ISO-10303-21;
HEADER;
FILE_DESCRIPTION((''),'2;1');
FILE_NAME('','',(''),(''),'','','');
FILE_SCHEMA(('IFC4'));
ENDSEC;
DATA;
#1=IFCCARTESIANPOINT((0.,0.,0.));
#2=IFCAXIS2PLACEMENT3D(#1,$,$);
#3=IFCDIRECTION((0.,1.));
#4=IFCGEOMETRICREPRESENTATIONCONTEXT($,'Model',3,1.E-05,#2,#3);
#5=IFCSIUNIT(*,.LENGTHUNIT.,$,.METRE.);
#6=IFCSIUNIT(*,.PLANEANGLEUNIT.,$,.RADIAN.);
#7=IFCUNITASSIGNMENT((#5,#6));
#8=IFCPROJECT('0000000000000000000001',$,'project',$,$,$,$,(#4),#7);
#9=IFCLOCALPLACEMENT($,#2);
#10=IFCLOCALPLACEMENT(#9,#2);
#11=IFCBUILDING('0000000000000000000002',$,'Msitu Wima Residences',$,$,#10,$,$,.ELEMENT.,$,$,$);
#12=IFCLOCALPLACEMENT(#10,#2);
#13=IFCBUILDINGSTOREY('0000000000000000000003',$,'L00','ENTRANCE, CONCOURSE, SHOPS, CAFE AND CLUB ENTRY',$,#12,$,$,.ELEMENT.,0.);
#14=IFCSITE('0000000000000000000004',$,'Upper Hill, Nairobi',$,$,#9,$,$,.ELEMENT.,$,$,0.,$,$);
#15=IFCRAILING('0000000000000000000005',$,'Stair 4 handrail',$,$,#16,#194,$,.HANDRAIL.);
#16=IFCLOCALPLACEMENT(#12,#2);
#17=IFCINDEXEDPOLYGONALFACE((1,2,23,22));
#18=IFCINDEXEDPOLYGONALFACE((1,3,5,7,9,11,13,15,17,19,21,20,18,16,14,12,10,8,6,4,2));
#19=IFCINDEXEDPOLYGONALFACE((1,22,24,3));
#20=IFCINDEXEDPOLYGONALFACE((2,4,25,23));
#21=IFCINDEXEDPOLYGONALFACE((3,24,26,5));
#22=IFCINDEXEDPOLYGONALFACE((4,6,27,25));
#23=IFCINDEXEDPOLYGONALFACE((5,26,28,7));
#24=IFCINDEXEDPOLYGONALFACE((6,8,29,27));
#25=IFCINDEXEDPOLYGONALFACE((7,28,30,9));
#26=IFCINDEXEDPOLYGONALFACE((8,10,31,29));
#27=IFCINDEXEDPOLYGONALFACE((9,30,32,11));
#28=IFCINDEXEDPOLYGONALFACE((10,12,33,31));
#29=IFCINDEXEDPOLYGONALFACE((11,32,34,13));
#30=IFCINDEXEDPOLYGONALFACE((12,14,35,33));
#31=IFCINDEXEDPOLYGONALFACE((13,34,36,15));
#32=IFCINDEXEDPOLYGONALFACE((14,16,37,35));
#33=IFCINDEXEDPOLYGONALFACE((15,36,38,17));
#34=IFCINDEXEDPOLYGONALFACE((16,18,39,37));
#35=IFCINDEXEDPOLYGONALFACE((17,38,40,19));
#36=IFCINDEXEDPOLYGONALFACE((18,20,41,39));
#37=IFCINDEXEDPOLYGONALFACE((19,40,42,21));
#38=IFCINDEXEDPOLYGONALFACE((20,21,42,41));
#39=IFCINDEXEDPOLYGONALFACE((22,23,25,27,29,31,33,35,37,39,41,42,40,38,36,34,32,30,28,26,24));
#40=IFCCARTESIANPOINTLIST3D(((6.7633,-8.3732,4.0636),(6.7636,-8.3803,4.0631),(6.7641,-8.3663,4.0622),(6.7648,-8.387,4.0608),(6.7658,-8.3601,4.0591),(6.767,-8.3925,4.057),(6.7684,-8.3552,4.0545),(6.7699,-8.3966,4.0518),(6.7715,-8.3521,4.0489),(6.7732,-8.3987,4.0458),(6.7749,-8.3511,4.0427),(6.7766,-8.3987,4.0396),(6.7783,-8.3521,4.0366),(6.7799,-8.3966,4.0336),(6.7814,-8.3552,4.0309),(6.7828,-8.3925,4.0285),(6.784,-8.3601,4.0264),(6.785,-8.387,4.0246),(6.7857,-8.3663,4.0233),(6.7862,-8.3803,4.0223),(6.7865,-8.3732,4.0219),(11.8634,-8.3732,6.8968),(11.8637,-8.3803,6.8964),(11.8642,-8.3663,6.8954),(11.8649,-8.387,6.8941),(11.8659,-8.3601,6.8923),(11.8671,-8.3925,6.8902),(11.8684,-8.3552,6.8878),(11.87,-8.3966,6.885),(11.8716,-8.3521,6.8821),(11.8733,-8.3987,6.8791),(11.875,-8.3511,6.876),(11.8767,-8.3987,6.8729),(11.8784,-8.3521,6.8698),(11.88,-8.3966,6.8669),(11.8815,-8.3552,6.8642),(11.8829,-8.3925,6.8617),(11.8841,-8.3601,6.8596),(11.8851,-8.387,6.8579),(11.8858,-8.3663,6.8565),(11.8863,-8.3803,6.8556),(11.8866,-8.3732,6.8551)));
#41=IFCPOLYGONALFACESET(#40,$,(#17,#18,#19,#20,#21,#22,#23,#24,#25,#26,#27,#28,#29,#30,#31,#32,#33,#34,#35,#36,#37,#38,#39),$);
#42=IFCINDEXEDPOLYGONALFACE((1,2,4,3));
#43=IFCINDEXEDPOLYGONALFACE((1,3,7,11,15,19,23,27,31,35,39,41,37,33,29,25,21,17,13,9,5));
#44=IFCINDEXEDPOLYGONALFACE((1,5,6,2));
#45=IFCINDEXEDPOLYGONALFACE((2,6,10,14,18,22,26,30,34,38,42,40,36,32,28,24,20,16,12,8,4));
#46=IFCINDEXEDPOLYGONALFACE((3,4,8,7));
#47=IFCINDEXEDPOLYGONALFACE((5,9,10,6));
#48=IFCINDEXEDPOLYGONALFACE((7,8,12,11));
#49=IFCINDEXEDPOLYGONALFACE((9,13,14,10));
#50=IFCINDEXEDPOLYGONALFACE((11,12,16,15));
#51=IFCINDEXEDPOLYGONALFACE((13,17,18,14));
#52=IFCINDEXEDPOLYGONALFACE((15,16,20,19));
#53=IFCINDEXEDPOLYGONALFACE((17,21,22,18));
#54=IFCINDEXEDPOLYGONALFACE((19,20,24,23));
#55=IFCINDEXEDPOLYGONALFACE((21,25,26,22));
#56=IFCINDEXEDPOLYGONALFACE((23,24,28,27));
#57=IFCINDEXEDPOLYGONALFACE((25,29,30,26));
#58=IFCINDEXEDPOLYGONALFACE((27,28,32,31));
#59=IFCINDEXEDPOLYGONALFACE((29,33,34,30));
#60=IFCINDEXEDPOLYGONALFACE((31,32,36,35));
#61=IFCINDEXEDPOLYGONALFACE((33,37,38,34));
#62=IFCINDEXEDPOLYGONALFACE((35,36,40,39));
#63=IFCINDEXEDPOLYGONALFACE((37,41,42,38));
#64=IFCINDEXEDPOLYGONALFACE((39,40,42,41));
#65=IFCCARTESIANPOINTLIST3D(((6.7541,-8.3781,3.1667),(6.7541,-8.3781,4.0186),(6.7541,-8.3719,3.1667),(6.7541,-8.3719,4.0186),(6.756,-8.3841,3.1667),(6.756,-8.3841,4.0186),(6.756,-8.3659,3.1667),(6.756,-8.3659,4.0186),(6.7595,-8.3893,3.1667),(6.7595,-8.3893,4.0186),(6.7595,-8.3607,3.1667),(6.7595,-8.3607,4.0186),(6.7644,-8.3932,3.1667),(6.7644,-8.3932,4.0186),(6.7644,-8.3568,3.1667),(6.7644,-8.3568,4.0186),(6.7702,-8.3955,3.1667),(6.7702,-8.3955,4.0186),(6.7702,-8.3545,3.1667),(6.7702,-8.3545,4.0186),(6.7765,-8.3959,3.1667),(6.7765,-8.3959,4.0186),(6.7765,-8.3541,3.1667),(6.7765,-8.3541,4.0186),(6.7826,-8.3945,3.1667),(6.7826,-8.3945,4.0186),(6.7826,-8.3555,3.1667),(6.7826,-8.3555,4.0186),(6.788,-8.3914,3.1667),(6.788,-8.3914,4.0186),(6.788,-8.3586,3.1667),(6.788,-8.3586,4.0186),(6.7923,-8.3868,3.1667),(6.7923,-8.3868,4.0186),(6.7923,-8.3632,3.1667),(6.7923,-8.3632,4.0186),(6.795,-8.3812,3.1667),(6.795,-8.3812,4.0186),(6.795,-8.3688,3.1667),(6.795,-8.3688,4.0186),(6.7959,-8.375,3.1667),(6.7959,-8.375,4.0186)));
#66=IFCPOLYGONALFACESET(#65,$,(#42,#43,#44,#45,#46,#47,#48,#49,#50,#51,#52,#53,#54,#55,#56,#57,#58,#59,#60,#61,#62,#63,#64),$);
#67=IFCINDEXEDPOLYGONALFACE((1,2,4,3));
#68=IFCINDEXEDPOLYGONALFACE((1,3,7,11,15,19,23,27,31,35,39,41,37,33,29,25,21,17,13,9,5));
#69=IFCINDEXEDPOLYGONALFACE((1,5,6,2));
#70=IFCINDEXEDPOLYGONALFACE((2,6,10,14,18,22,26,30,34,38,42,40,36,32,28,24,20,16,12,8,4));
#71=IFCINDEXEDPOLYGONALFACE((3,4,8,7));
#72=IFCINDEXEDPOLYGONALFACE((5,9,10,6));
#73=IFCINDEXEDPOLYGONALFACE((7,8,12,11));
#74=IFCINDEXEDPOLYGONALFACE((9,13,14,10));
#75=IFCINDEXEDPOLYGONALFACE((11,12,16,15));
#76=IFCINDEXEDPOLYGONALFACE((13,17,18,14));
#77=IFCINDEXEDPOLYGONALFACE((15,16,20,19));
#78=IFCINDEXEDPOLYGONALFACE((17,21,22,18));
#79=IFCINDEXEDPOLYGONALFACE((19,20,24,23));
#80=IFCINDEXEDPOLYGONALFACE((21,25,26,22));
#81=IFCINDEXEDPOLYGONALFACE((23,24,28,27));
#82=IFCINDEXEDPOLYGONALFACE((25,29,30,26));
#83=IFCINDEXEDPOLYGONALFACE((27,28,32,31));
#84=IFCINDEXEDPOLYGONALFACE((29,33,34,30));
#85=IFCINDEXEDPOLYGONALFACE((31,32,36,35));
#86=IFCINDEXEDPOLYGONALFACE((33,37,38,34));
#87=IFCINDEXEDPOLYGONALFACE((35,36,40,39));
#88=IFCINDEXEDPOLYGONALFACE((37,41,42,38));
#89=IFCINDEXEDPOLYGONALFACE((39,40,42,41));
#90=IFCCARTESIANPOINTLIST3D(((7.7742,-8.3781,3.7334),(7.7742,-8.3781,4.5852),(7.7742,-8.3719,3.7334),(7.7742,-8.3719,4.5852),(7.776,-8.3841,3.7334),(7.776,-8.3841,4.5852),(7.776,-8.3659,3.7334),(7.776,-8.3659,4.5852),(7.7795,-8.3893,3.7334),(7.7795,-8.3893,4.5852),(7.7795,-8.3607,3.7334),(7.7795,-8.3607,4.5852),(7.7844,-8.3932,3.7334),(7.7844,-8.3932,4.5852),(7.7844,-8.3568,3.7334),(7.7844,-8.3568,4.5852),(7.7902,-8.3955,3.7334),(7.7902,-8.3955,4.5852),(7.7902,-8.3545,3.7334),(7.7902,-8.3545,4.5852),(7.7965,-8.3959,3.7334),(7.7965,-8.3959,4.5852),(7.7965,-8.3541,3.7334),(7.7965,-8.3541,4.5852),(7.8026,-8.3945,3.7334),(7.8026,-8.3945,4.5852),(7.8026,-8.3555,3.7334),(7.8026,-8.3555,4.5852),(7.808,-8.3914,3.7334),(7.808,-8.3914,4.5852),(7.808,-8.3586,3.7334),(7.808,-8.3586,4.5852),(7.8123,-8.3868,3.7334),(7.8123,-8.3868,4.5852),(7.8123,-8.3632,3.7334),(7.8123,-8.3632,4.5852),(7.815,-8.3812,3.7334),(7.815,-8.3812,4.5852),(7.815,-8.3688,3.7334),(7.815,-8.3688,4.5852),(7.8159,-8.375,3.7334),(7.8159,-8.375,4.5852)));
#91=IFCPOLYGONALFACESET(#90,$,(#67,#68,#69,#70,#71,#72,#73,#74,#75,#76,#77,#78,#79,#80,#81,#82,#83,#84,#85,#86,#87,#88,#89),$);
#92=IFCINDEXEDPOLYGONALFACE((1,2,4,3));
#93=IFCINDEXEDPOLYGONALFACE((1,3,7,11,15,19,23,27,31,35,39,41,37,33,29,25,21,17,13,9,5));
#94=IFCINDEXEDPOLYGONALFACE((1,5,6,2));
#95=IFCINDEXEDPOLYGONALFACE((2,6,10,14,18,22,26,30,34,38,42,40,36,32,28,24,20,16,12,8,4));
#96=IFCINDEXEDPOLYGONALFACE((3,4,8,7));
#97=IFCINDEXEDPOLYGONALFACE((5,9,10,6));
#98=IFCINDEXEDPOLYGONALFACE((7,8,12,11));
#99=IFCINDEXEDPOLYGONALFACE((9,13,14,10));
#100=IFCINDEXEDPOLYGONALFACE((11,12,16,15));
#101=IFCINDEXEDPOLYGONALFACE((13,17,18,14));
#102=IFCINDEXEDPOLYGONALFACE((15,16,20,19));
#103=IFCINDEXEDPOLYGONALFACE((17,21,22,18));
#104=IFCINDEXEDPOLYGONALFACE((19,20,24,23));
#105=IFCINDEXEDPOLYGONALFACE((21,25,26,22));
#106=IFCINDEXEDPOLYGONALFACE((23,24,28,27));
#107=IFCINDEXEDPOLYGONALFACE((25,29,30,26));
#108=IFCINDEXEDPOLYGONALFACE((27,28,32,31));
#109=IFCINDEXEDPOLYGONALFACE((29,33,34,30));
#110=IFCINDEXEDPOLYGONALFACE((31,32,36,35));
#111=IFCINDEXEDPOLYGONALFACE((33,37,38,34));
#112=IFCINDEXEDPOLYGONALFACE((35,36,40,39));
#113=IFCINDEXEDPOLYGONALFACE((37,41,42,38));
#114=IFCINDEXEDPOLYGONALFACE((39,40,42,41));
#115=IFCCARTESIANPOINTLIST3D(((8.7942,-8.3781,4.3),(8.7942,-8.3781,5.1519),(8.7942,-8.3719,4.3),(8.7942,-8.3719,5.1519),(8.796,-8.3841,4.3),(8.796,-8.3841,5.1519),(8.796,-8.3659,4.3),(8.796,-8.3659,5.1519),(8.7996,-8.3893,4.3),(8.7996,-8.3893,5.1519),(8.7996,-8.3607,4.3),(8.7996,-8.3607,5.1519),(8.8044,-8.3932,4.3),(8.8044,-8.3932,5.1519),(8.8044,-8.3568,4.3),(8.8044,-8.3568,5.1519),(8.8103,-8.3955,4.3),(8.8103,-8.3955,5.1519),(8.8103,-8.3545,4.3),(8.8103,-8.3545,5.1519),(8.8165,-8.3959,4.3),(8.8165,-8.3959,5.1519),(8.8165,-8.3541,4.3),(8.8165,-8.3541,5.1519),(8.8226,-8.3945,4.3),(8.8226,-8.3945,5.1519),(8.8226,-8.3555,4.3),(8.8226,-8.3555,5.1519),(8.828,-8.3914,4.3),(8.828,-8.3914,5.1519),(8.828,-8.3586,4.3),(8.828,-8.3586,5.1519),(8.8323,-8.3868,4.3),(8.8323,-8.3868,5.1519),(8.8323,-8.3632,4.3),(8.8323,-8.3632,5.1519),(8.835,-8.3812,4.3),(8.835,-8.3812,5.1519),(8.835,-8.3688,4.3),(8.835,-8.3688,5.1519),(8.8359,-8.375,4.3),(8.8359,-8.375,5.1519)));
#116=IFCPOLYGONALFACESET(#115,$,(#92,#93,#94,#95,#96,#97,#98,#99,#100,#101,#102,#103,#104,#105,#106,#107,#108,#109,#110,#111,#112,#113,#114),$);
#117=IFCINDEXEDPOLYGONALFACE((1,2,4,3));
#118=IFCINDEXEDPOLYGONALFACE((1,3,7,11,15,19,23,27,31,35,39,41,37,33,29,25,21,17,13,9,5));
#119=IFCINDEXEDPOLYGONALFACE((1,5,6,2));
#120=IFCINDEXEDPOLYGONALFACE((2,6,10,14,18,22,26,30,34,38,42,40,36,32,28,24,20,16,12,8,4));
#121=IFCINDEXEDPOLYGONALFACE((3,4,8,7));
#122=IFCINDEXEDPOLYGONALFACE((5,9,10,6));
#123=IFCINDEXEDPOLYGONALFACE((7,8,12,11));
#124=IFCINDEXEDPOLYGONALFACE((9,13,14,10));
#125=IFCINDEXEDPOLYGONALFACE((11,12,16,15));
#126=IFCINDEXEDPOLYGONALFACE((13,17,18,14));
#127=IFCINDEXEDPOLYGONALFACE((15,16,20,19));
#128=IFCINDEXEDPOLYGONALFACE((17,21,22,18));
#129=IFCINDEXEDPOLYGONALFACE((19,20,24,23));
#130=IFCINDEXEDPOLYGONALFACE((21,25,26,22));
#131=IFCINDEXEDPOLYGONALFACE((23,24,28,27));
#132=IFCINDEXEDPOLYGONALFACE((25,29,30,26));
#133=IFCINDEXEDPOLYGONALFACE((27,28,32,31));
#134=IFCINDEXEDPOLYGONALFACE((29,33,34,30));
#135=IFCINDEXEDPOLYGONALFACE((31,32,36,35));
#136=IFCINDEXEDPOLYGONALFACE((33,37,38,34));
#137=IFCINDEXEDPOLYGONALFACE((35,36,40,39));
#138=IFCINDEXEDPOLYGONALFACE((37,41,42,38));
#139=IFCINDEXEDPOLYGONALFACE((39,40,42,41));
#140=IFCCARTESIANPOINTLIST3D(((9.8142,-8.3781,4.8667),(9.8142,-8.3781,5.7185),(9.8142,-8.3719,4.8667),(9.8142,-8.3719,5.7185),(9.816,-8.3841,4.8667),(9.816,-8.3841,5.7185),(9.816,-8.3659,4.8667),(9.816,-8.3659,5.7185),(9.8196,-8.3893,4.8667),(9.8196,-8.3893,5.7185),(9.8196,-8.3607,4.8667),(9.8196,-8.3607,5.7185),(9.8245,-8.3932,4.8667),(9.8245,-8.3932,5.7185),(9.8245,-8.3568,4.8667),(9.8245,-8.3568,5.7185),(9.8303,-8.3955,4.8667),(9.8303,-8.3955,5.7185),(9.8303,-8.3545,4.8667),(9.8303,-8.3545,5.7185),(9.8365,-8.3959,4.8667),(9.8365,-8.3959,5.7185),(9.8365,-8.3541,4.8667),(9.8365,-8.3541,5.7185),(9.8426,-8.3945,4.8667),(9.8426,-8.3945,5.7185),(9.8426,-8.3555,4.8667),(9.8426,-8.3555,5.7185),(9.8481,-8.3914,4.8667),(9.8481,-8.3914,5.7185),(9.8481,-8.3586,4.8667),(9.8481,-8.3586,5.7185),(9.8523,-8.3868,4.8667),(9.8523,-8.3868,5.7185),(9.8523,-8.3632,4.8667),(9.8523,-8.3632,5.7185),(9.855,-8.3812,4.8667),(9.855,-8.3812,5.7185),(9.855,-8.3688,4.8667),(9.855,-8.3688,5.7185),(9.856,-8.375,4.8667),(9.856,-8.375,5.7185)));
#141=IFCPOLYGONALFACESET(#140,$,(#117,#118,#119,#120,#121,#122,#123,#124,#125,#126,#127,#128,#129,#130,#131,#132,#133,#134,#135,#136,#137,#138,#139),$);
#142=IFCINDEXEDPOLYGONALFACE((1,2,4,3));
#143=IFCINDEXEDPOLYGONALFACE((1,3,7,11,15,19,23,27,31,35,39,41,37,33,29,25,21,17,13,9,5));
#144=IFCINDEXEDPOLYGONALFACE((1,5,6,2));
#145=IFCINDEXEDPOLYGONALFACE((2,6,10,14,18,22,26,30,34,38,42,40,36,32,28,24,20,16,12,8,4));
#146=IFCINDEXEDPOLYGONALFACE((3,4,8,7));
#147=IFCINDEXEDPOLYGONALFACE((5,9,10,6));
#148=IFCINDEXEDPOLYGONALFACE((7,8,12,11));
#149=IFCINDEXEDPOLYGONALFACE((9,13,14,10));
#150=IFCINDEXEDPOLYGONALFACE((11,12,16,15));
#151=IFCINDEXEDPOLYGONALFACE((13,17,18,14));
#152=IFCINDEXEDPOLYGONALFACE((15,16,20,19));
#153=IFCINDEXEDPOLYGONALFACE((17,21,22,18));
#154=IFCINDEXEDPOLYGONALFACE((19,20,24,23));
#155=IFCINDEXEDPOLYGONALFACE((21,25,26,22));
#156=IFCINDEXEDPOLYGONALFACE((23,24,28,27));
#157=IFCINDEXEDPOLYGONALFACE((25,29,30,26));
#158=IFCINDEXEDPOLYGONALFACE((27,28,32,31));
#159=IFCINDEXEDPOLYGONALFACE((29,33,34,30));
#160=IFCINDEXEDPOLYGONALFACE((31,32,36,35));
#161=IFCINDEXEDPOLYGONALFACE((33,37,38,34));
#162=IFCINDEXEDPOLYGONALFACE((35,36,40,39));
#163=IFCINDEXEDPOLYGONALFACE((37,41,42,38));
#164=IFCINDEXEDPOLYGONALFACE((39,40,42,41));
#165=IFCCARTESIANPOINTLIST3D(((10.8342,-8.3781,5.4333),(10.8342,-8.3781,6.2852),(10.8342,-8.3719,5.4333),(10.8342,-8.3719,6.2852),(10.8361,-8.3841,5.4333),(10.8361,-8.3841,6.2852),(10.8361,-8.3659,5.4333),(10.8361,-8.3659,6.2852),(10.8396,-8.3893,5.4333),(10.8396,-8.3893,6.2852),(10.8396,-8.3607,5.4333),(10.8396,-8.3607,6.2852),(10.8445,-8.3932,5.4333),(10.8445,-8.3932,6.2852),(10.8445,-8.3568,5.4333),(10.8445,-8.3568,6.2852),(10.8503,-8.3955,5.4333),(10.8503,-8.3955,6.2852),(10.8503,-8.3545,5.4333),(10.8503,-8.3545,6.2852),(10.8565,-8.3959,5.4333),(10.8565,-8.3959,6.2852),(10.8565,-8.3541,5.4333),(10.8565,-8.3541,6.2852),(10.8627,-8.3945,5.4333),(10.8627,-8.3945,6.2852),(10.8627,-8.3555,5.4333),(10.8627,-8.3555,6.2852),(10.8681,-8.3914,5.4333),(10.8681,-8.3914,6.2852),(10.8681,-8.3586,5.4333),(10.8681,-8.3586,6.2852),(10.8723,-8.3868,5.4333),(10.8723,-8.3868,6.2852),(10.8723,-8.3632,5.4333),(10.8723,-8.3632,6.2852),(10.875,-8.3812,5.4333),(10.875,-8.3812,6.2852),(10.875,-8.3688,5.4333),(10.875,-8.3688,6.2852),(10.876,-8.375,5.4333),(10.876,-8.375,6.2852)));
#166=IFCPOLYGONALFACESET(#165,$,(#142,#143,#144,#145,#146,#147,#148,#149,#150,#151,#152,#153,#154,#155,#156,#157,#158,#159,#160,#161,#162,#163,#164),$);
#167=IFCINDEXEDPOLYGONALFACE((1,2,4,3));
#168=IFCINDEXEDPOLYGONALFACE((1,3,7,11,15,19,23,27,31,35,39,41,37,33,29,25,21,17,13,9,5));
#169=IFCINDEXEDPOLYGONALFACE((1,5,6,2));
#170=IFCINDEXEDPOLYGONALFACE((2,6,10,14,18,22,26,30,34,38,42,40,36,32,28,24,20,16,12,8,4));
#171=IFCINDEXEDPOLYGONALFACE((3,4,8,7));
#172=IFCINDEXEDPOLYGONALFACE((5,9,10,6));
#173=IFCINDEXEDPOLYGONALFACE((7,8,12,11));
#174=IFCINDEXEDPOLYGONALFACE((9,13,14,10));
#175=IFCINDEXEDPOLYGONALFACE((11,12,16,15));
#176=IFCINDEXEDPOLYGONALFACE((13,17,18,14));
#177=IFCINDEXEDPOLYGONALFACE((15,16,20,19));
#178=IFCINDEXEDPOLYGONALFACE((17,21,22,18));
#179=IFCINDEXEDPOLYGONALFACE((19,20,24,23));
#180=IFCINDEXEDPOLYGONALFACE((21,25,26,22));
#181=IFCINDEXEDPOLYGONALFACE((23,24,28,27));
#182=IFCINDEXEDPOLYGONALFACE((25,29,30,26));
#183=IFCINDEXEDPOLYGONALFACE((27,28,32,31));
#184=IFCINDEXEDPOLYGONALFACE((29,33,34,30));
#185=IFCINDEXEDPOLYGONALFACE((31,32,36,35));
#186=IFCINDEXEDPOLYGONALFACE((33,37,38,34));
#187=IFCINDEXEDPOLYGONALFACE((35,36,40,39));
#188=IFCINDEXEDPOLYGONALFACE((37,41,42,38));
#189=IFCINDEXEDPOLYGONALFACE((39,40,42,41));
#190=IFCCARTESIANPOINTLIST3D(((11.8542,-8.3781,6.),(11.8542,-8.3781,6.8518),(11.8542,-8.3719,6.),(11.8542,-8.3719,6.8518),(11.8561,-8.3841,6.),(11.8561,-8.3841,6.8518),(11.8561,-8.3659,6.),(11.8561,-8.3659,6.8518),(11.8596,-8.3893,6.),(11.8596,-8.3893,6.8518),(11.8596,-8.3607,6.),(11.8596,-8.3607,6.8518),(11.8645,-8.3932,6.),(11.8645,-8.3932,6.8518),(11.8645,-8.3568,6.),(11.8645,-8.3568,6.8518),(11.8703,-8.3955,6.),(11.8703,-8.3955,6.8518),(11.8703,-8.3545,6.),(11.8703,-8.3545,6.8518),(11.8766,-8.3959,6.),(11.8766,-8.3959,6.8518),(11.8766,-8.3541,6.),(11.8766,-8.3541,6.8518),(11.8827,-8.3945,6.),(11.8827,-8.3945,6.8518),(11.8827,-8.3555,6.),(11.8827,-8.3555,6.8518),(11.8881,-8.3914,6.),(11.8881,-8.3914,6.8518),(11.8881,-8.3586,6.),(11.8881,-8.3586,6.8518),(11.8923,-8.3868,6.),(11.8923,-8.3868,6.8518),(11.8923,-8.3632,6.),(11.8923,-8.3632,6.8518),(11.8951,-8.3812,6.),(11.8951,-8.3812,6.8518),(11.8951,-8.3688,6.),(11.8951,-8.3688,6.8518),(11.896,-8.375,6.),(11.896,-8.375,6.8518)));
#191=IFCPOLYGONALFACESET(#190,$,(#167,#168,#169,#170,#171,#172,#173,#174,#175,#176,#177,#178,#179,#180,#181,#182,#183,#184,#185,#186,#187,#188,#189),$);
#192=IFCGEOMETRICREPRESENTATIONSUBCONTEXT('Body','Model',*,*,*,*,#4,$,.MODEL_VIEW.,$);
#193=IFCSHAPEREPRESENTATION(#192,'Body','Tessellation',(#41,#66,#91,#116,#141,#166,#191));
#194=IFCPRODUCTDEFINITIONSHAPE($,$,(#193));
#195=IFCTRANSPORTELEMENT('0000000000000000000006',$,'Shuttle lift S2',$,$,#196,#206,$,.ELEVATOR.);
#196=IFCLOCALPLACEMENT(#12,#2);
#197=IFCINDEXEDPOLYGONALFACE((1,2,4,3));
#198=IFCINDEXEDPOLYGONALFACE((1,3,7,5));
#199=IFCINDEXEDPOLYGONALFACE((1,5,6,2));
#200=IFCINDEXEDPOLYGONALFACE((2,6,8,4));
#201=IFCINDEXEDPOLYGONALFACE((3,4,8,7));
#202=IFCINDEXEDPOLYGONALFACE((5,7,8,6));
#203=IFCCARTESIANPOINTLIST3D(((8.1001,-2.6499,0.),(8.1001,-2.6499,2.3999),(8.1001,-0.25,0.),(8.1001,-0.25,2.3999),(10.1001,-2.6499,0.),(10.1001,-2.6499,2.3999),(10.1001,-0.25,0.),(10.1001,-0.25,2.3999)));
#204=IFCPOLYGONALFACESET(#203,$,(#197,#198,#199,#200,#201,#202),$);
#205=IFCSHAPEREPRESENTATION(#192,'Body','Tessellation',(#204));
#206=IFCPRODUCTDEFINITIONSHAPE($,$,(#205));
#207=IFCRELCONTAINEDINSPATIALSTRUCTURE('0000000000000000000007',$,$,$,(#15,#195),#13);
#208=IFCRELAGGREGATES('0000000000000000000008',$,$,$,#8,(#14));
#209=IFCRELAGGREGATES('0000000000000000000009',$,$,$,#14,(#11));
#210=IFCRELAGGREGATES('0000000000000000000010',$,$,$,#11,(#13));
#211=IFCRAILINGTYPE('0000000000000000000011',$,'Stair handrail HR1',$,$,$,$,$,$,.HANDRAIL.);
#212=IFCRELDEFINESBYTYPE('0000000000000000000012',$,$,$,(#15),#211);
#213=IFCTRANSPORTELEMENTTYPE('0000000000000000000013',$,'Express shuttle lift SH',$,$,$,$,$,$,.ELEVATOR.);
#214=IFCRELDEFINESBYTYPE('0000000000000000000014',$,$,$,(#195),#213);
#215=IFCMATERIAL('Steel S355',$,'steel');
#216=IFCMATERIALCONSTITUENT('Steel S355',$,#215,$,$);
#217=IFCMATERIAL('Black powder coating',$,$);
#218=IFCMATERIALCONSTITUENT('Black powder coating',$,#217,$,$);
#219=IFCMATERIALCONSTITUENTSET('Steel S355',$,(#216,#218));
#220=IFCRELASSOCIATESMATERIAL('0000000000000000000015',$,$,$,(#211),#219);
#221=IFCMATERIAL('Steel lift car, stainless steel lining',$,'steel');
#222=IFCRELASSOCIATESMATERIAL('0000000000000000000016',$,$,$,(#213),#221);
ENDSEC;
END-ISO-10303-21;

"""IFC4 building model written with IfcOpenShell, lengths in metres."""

from ifc_helpers import new_model, si_unit, direction, frame, origin, origin_2d, place, context, subcontext, project, spatial, rectangle, circle, extrude, material, constituent, constituent_set, type_object, element, save


model = new_model("IFC4")

# Units and contexts
model_context = context("Model", 3, precision=1e-05, world=origin(), true_north=direction((0.0, 1.0)))
body_context = subcontext(model_context, "Body", "Model", "MODEL_VIEW")
ifc_project = project(units=[si_unit("LENGTHUNIT", "METRE"), si_unit("PLANEANGLEUNIT", "RADIAN")], contexts=[model_context])

# Site, building, storey
site_placement = place(None, origin())
site = spatial("IfcSite", under=ifc_project, at=site_placement, Name="Upper Hill, Nairobi", CompositionType="ELEMENT", RefElevation=0.0)
building_placement = place(site_placement, origin())
building = spatial("IfcBuilding", under=site, at=building_placement, Name="Msitu Wima Residences", CompositionType="ELEMENT")
storey_placement = place(building_placement, origin())
storey = spatial("IfcBuildingStorey", under=building, at=storey_placement, Name="L00", Description="ENTRANCE, CONCOURSE, SHOPS, CAFE AND CLUB ENTRY", CompositionType="ELEMENT", Elevation=0.0)

# Railing
ifc_material_1 = material(Name="Steel S355", Category="steel")
ifc_constituent_1 = constituent(ifc_material_1, Name="Steel S355")
ifc_material_2 = material(Name="Black powder coating")
ifc_constituent_2 = constituent(ifc_material_2, Name="Black powder coating")
ifc_constituent_set = constituent_set(constituents=[ifc_constituent_1, ifc_constituent_2], Name="Steel S355")
railing_type = type_object("IfcRailingType", Name="Stair handrail HR1", PredefinedType="HANDRAIL", material=ifc_constituent_set)
for number, where, name in (
    (1, (6.7749, -8.375, 3.1667), "Stair 4 handrail"),
):
    element("IfcRailing", number, at=place(storey_placement, frame(where)), inside=storey, type_object=railing_type, Name=name, PredefinedType="HANDRAIL", context=body_context, shape_type="SweptSolid", body=[
        extrude(circle(Radius=0.0239, at=origin_2d()), frame((0.0, 0.0, 0.876), z_axis=(0.874167, 0.0, 0.485625), x_axis=(0.0, 1.0, 0.0)), (0.0, 0.0, 1.0), 5.8342),
        extrude(circle(Radius=0.021, at=origin_2d()), origin(), (0.0, 0.0, 1.0), 0.8518),
        extrude(circle(Radius=0.021, at=origin_2d()), frame((1.02, 0.0, 0.5667)), (0.0, 0.0, 1.0), 0.8518),
        extrude(circle(Radius=0.021, at=origin_2d()), frame((2.04, 0.0, 1.1333)), (0.0, 0.0, 1.0), 0.8518),
        extrude(circle(Radius=0.021, at=origin_2d()), frame((3.0601, 0.0, 1.7)), (0.0, 0.0, 1.0), 0.8518),
        extrude(circle(Radius=0.021, at=origin_2d()), frame((4.0801, 0.0, 2.2666)), (0.0, 0.0, 1.0), 0.8518),
        extrude(circle(Radius=0.021, at=origin_2d()), frame((5.1001, 0.0, 2.8333)), (0.0, 0.0, 1.0), 0.8518),
    ])

# Transport element
ifc_material_3 = material(Name="Steel lift car, stainless steel lining", Category="steel")
transport_element_type = type_object("IfcTransportElementType", Name="Express shuttle lift SH", PredefinedType="ELEVATOR", material=ifc_material_3)
transport_element_placement = place(storey_placement, frame((9.1001, -1.45, 0.0), z_axis=(0.0, 0.0, 1.0), x_axis=(1.0, 0.0, 0.0)))
element("IfcTransportElement", 2, at=transport_element_placement, inside=storey, type_object=transport_element_type, Name="Shuttle lift S2", PredefinedType="ELEVATOR", context=body_context, shape_type="SweptSolid", body=[
    extrude(rectangle(XDim=2.0, YDim=2.3999, at=origin_2d()), origin(), (0.0, 0.0, 1.0), 2.3999),
])

save(model, "model.ifc")
